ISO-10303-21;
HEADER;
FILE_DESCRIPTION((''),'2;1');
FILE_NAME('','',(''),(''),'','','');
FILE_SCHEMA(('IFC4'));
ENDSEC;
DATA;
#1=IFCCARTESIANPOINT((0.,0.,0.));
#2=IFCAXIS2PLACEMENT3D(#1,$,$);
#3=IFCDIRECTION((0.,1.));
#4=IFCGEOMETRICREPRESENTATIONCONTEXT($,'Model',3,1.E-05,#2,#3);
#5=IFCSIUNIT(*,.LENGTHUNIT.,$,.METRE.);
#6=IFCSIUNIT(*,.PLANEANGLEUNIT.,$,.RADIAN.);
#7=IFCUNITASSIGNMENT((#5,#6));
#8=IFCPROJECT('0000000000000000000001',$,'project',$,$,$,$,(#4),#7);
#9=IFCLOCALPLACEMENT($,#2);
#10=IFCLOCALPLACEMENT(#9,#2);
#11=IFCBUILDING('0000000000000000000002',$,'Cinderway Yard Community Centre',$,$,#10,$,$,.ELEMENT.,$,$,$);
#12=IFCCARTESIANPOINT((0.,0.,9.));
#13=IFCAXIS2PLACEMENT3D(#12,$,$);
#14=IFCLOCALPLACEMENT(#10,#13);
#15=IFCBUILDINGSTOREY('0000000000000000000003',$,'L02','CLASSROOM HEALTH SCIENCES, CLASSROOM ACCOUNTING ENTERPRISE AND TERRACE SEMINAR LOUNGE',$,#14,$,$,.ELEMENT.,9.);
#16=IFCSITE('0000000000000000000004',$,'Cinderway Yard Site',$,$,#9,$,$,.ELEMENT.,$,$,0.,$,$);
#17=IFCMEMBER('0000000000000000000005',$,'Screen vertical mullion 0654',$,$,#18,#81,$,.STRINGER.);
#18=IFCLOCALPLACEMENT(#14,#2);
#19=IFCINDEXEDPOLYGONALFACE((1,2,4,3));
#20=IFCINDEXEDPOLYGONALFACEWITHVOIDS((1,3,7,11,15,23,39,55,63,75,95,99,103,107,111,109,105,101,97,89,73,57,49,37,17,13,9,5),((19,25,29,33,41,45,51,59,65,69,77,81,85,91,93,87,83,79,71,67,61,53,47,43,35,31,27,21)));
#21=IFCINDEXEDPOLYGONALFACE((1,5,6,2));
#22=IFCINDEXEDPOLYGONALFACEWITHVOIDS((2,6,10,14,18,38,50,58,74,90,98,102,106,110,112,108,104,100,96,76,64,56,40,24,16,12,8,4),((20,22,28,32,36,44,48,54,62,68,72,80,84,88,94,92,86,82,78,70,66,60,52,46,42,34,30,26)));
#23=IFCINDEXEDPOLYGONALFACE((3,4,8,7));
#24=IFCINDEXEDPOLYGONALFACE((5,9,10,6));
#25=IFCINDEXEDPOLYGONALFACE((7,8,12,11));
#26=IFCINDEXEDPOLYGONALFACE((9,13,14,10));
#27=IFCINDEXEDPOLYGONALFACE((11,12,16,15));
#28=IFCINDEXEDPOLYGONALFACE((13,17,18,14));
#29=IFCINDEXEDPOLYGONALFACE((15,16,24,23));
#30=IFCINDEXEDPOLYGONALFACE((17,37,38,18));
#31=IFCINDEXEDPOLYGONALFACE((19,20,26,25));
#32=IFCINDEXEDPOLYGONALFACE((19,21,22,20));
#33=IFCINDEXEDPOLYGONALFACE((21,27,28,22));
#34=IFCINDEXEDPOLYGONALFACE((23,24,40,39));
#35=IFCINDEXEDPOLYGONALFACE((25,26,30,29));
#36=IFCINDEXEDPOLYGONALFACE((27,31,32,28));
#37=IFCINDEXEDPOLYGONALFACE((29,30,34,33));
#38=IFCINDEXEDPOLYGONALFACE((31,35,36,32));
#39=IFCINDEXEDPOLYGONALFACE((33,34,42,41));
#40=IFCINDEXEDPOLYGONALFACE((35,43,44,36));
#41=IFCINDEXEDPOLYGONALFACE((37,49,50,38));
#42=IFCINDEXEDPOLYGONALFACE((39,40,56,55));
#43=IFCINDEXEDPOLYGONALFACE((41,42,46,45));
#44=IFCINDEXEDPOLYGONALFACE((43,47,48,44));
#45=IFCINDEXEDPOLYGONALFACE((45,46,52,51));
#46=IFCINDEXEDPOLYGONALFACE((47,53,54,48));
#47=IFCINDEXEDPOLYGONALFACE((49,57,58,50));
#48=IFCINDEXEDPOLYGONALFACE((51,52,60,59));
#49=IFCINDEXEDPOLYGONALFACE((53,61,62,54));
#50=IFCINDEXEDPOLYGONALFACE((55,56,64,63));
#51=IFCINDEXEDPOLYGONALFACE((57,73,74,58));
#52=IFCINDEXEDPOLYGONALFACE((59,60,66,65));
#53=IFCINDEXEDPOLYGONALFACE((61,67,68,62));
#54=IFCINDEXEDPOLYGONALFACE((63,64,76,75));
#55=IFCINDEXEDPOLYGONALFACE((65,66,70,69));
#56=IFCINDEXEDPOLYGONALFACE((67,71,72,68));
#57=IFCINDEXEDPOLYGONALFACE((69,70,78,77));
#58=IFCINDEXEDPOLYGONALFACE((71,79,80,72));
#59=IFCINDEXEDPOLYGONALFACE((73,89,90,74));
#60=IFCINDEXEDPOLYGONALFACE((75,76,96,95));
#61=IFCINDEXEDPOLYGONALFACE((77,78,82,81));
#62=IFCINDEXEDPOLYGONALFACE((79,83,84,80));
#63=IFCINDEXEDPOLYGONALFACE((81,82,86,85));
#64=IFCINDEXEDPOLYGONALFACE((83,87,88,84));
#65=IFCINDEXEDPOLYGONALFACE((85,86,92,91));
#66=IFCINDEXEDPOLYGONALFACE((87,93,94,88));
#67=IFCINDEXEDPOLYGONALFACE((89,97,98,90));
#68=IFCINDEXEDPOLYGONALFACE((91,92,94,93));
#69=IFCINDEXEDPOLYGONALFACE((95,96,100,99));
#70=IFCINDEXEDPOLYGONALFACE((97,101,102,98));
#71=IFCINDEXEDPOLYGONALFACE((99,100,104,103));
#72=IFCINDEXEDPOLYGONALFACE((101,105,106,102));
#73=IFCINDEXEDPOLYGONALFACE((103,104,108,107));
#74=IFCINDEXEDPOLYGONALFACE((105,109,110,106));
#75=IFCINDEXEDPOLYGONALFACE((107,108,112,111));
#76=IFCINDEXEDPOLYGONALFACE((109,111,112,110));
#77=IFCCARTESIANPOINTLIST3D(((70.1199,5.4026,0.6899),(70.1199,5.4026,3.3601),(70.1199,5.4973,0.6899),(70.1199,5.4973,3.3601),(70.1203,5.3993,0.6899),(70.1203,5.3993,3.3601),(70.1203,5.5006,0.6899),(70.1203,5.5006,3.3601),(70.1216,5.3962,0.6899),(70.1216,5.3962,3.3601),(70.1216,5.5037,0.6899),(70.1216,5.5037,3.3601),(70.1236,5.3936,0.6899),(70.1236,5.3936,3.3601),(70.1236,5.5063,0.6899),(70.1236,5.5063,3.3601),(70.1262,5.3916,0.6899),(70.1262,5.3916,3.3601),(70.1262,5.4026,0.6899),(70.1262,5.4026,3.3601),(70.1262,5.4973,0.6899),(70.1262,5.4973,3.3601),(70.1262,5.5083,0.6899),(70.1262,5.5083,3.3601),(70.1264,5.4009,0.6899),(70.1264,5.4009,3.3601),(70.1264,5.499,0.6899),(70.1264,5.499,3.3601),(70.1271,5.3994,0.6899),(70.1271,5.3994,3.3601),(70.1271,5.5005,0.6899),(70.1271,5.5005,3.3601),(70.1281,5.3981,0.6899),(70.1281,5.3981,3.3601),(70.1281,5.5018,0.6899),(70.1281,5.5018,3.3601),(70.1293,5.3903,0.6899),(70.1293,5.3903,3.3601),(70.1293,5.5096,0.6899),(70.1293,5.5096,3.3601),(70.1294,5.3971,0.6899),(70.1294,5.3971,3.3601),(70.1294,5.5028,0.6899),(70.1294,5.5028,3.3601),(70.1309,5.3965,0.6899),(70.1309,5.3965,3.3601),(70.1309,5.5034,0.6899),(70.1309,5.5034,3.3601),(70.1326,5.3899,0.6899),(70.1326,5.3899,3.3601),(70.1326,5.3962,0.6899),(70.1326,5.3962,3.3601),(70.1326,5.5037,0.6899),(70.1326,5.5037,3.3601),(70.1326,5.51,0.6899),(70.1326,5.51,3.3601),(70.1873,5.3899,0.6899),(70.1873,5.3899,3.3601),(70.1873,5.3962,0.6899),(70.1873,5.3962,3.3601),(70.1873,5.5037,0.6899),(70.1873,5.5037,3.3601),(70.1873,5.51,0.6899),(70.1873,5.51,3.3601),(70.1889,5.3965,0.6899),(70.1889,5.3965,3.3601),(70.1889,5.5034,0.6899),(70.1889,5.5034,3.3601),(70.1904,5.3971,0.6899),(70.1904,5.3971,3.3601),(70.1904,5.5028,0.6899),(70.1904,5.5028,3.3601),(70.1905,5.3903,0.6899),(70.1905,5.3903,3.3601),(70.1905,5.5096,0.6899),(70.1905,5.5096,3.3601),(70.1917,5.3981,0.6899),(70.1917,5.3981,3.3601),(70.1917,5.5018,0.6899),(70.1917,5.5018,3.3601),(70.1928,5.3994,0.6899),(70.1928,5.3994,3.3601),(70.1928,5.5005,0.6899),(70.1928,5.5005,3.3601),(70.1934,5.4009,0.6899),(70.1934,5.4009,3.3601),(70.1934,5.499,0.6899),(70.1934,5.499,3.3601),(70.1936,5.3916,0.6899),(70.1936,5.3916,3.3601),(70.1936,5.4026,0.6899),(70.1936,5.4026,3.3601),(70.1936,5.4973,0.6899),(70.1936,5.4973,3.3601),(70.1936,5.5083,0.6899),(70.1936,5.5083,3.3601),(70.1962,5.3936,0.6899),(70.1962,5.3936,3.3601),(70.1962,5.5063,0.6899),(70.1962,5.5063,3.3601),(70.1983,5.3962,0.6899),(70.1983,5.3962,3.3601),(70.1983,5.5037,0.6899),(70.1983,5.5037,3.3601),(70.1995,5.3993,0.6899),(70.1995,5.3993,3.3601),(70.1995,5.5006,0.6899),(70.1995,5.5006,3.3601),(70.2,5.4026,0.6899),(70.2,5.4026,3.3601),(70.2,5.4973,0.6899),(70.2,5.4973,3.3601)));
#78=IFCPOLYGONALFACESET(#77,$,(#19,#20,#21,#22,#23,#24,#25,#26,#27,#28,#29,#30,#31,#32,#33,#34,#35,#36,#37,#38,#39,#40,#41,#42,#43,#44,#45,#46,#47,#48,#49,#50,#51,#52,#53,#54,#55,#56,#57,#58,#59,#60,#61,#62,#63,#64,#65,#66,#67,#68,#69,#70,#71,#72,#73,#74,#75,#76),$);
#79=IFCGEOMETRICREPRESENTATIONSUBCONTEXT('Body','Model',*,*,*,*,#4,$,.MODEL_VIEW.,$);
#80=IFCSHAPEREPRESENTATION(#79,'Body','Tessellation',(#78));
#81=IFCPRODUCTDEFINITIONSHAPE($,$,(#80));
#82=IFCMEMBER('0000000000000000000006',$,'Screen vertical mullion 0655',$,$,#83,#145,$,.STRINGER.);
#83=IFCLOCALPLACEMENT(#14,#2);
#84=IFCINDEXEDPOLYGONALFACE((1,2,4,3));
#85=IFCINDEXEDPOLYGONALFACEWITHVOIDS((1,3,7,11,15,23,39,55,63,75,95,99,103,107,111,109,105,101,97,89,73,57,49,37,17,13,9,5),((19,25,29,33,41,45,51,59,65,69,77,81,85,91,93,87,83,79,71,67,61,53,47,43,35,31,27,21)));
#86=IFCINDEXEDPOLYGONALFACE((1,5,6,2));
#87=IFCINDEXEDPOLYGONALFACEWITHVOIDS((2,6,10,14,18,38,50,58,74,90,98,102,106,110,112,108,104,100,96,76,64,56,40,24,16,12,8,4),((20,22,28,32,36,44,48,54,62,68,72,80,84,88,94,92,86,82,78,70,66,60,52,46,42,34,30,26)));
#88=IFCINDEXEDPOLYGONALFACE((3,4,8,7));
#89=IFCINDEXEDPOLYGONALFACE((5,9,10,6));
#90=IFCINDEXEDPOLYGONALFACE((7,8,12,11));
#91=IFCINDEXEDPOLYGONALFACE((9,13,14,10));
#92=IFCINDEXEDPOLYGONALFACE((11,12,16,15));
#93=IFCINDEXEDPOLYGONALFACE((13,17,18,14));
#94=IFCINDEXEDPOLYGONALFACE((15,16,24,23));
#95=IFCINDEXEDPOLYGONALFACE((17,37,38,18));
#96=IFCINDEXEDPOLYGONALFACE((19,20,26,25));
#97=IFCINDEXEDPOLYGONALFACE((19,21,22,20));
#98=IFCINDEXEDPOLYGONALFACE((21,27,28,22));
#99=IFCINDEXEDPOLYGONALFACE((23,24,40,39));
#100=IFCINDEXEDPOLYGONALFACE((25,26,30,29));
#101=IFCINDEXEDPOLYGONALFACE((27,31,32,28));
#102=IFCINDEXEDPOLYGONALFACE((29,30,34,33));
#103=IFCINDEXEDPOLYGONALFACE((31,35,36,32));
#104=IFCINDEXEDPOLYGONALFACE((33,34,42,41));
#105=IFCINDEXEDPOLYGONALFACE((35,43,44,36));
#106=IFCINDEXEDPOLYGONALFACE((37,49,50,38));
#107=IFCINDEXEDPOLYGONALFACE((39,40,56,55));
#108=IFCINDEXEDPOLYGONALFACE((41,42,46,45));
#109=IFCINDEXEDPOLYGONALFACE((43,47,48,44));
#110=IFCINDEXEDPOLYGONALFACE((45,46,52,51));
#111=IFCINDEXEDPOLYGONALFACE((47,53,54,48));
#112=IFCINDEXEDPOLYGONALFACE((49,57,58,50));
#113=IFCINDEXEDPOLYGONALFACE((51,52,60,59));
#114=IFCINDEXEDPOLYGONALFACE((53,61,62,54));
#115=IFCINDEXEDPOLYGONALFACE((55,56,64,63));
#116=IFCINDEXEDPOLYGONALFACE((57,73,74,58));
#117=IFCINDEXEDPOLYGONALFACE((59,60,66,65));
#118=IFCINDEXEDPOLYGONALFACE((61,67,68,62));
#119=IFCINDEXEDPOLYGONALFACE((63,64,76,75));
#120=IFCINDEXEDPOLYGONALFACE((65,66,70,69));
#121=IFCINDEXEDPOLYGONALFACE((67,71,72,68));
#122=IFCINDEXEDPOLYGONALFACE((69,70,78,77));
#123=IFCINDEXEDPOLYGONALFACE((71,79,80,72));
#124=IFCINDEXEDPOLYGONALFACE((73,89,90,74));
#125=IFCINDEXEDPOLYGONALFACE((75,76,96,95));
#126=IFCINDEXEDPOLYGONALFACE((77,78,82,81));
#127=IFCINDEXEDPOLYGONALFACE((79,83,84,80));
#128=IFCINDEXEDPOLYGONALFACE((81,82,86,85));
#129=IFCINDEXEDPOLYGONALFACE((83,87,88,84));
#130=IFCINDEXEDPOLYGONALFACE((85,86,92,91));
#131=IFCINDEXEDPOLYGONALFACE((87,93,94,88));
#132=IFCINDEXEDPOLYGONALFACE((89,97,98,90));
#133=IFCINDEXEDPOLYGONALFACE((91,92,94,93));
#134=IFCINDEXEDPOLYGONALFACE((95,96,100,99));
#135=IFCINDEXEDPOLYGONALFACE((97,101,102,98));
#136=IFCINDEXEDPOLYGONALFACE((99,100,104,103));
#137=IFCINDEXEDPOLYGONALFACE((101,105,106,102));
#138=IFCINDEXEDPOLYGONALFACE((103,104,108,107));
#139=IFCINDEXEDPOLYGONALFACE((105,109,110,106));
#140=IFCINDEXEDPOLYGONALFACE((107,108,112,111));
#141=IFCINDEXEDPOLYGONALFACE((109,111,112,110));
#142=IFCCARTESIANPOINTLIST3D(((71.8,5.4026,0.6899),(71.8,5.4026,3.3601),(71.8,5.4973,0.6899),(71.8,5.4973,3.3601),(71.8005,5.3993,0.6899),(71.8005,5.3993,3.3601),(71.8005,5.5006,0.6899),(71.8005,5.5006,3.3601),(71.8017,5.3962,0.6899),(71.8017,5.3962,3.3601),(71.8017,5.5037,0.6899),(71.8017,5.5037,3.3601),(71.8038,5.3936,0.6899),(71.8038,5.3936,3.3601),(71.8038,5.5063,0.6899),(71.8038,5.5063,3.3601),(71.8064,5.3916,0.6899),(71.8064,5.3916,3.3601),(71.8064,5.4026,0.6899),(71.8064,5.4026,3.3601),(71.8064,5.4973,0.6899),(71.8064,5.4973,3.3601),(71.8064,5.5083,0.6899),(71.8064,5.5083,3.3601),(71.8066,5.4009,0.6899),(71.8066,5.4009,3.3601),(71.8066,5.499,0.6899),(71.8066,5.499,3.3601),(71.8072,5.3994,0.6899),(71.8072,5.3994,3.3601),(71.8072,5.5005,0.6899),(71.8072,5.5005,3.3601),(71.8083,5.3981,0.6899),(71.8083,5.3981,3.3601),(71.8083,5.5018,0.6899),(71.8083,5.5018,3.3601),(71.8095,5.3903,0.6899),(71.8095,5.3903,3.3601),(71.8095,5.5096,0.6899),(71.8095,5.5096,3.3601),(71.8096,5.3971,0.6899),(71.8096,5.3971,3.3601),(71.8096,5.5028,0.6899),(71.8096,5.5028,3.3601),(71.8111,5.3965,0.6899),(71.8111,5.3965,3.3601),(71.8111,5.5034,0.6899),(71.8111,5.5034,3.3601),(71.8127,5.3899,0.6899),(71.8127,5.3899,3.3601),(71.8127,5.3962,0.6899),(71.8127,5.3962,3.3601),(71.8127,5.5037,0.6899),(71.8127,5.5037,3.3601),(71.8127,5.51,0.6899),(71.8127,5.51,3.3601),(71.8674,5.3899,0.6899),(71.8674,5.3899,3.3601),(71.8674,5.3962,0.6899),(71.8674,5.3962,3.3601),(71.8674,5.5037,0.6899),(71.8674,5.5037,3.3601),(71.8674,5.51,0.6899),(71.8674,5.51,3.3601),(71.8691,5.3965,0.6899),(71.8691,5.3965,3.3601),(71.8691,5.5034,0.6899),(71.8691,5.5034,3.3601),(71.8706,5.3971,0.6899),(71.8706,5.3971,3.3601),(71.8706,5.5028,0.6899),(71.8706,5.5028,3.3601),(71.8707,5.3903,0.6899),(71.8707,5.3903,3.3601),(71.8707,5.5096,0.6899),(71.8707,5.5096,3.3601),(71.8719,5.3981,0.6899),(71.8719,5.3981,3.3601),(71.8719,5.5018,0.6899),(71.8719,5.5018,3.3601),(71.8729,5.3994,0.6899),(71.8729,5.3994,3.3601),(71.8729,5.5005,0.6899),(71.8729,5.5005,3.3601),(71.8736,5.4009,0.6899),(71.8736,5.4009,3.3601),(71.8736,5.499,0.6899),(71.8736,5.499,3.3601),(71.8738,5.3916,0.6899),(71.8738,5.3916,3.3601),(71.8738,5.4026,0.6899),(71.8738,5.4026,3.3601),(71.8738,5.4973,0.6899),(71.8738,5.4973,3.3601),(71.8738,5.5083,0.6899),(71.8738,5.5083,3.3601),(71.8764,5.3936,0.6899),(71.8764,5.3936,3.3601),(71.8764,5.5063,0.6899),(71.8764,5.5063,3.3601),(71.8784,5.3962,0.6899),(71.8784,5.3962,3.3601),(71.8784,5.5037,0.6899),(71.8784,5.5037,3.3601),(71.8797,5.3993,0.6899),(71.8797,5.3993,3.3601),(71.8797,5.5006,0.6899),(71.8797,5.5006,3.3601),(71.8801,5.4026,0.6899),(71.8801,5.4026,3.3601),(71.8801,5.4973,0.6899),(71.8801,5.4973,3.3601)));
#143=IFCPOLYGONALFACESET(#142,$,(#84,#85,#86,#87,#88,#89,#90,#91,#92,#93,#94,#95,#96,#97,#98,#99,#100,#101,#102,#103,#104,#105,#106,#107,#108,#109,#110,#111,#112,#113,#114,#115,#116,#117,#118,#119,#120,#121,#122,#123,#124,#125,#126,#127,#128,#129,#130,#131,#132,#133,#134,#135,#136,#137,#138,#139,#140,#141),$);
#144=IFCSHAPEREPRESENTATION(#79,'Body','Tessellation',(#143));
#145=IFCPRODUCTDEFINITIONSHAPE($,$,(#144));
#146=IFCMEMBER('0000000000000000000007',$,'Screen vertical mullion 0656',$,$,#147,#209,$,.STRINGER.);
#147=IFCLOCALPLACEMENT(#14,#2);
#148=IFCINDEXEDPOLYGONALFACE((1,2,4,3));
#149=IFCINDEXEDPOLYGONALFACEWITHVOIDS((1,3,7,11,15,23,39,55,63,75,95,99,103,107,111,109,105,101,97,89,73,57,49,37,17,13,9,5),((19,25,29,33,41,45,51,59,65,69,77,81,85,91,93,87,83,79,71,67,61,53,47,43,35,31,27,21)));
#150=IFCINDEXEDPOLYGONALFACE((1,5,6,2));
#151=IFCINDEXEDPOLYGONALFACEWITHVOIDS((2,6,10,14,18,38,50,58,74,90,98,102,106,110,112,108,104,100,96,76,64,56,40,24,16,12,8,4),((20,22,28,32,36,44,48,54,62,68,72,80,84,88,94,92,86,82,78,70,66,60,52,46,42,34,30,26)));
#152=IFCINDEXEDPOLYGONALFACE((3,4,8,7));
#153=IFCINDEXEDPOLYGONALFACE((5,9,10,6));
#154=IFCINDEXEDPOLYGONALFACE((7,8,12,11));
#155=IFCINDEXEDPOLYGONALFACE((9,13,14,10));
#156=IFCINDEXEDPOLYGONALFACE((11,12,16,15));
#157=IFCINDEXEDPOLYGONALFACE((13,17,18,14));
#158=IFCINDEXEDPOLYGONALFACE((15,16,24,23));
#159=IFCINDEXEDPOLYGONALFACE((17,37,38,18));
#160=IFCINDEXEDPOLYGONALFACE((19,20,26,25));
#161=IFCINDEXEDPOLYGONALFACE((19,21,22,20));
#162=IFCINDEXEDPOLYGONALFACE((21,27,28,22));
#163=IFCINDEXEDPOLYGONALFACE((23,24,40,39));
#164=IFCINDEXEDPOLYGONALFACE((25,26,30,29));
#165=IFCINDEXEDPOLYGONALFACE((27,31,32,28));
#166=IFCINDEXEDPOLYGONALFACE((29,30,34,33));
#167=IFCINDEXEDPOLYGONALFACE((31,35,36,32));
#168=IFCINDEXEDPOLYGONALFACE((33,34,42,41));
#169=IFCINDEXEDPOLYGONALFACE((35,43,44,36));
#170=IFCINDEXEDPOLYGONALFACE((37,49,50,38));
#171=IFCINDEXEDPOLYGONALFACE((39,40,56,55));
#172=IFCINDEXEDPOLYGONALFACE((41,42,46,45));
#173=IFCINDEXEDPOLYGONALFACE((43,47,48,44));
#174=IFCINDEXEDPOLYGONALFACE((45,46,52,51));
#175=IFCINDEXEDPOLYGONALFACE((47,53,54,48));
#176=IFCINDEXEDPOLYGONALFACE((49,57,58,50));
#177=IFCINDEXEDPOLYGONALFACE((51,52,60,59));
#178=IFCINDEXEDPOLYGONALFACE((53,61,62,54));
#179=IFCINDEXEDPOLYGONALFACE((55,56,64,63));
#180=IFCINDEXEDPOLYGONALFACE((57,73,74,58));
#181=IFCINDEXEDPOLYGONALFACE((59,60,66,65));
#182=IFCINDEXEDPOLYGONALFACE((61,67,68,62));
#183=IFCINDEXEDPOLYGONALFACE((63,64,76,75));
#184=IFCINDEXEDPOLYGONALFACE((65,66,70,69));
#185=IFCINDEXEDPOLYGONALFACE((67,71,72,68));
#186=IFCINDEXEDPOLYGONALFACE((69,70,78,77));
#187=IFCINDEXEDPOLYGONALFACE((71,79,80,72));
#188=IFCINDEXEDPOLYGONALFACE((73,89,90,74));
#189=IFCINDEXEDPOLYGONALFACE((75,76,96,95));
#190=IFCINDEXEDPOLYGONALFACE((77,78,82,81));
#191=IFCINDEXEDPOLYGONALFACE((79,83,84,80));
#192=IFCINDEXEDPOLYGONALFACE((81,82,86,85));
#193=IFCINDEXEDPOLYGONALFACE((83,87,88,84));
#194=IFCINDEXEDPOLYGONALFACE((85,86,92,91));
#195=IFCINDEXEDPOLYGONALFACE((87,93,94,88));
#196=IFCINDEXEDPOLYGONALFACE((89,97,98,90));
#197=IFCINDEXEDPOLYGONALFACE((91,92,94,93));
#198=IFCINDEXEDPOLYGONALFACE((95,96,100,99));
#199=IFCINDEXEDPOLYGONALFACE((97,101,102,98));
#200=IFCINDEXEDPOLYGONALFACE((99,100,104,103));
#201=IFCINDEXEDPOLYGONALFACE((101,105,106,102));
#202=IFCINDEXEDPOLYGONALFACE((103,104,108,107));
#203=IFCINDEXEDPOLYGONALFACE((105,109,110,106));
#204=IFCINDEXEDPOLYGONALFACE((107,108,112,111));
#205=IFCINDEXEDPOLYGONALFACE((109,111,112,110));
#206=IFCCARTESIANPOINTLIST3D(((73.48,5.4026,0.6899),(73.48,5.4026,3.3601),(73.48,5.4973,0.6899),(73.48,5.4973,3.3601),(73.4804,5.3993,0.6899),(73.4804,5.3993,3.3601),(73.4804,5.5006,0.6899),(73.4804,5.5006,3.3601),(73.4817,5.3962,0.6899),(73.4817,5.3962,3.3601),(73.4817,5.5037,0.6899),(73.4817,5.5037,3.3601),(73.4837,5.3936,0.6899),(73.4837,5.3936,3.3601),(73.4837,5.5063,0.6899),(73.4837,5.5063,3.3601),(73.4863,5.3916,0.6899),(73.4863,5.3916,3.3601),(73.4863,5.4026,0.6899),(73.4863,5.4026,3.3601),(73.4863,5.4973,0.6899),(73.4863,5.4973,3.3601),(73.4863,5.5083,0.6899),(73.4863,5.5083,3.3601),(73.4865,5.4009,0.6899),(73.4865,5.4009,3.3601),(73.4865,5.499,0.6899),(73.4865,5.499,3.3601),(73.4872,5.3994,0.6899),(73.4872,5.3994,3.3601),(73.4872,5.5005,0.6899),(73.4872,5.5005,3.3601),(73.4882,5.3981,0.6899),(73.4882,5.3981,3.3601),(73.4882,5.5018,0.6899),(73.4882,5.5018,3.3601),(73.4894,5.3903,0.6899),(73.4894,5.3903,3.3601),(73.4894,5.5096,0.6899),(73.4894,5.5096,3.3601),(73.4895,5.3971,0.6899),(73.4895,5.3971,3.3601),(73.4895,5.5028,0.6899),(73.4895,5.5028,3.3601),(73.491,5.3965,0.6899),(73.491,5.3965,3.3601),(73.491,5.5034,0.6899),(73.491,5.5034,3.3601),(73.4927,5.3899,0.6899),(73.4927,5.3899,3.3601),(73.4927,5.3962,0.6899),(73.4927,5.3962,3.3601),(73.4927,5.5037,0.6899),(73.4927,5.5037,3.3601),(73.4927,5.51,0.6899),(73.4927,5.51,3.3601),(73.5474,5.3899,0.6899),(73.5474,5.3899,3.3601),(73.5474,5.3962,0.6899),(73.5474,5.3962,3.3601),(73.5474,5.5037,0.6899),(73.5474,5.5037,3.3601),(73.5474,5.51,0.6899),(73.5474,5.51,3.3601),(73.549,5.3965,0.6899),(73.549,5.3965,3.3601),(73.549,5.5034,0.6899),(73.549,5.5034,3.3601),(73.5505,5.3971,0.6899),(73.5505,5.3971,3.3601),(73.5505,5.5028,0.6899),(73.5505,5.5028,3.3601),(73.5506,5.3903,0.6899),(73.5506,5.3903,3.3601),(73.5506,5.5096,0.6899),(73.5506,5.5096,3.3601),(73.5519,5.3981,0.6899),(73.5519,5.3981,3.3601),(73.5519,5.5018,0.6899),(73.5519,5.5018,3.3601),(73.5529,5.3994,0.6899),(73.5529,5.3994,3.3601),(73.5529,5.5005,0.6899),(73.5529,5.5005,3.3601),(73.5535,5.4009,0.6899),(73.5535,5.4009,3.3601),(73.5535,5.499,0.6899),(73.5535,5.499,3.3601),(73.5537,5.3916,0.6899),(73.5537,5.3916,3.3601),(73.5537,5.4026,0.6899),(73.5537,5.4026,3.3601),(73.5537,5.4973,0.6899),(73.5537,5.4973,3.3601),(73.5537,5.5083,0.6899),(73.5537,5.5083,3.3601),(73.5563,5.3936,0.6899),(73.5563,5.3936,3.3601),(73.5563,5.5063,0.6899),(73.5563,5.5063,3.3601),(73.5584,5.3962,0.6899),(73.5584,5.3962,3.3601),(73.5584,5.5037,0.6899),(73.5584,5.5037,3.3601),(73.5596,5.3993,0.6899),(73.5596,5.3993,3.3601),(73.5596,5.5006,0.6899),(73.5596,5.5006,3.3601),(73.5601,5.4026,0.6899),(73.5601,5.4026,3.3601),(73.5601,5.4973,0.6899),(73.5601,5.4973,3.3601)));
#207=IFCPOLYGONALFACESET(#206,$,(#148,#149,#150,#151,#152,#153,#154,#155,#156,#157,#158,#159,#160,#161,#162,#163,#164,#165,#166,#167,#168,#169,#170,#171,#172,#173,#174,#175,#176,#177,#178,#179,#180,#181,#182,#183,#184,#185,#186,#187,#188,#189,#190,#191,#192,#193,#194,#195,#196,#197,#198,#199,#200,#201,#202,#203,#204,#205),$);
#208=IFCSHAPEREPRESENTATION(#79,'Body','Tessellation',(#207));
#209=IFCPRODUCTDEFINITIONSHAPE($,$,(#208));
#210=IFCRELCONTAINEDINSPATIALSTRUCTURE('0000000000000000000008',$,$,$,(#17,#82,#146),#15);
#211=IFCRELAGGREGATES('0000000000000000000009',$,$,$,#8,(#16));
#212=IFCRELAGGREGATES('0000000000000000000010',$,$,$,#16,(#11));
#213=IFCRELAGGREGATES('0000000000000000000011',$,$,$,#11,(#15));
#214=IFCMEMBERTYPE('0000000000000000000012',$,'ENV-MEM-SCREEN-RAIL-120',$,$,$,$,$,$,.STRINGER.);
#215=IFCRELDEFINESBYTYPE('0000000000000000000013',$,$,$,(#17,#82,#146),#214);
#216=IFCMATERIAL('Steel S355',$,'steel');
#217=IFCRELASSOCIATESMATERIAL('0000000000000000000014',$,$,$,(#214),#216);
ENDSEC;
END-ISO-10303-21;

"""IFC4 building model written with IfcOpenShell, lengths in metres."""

from ifc_helpers import new_model, si_unit, direction, frame, origin, origin_2d, place, context, subcontext, project, spatial, hollow_rectangle, extrude, material, material_profile, profile_set, type_object, element, save


model = new_model("IFC4")

# Units and contexts
model_context = context("Model", 3, precision=1e-05, world=origin(), true_north=direction((0.0, 1.0)))
body_context = subcontext(model_context, "Body", "Model", "MODEL_VIEW")
ifc_project = project(units=[si_unit("LENGTHUNIT", "METRE"), si_unit("PLANEANGLEUNIT", "RADIAN")], contexts=[model_context])

# Site, building, storey
site_placement = place(None, origin())
site = spatial("IfcSite", under=ifc_project, at=site_placement, Name="Cinderway Yard Site", CompositionType="ELEMENT", RefElevation=0.0)
building_placement = place(site_placement, origin())
building = spatial("IfcBuilding", under=site, at=building_placement, Name="Cinderway Yard Community Centre", CompositionType="ELEMENT")
storey_placement = place(building_placement, frame((0.0, 0.0, 9.0)))
storey = spatial("IfcBuildingStorey", under=building, at=storey_placement, Name="L02", Description="CLASSROOM HEALTH SCIENCES, CLASSROOM ACCOUNTING ENTERPRISE AND TERRACE SEMINAR LOUNGE", CompositionType="ELEMENT", Elevation=9.0)

# Members
ifc_material_1 = material(Name="Steel S355", Category="steel")
ifc_material_profile = material_profile(ifc_material_1, hollow_rectangle(XDim=0.0801, YDim=0.1201, WallThickness=0.0063, InnerFilletRadius=0.0063, OuterFilletRadius=0.0127, at=origin_2d()), Name="Steel S355")
ifc_profile_set = profile_set([ifc_material_profile], Name="Steel S355")
member_type = type_object("IfcMemberType", Name="ENV-MEM-SCREEN-RAIL-120", PredefinedType="STRINGER", material=ifc_profile_set)
for number, where, z_axis, x_axis, name in (
    (1, (70.1599, 5.45, 0.6899), (0.0, 0.0, 1.0), (1.0, 0.0, 0.0), "Screen vertical mullion 0654"),
    (2, (71.8401, 5.45, 0.6899), (0.0, 0.0, 1.0), (1.0, 0.0, 0.0), "Screen vertical mullion 0655"),
    (3, (73.52, 5.45, 0.6899), (0.0, 0.0, 1.0), (1.0, 0.0, 0.0), "Screen vertical mullion 0656"),
):
    element("IfcMember", number, at=place(storey_placement, frame(where, z_axis=z_axis, x_axis=x_axis)), inside=storey, type_object=member_type, Name=name, PredefinedType="STRINGER", context=body_context, shape_type="SweptSolid", body=[
        extrude(hollow_rectangle(XDim=0.0801, YDim=0.1201, WallThickness=0.0063, InnerFilletRadius=0.0063, OuterFilletRadius=0.0127, at=origin_2d()), origin(), (0.0, 0.0, 1.0), 2.6702),
    ])

save(model, "model.ifc")
